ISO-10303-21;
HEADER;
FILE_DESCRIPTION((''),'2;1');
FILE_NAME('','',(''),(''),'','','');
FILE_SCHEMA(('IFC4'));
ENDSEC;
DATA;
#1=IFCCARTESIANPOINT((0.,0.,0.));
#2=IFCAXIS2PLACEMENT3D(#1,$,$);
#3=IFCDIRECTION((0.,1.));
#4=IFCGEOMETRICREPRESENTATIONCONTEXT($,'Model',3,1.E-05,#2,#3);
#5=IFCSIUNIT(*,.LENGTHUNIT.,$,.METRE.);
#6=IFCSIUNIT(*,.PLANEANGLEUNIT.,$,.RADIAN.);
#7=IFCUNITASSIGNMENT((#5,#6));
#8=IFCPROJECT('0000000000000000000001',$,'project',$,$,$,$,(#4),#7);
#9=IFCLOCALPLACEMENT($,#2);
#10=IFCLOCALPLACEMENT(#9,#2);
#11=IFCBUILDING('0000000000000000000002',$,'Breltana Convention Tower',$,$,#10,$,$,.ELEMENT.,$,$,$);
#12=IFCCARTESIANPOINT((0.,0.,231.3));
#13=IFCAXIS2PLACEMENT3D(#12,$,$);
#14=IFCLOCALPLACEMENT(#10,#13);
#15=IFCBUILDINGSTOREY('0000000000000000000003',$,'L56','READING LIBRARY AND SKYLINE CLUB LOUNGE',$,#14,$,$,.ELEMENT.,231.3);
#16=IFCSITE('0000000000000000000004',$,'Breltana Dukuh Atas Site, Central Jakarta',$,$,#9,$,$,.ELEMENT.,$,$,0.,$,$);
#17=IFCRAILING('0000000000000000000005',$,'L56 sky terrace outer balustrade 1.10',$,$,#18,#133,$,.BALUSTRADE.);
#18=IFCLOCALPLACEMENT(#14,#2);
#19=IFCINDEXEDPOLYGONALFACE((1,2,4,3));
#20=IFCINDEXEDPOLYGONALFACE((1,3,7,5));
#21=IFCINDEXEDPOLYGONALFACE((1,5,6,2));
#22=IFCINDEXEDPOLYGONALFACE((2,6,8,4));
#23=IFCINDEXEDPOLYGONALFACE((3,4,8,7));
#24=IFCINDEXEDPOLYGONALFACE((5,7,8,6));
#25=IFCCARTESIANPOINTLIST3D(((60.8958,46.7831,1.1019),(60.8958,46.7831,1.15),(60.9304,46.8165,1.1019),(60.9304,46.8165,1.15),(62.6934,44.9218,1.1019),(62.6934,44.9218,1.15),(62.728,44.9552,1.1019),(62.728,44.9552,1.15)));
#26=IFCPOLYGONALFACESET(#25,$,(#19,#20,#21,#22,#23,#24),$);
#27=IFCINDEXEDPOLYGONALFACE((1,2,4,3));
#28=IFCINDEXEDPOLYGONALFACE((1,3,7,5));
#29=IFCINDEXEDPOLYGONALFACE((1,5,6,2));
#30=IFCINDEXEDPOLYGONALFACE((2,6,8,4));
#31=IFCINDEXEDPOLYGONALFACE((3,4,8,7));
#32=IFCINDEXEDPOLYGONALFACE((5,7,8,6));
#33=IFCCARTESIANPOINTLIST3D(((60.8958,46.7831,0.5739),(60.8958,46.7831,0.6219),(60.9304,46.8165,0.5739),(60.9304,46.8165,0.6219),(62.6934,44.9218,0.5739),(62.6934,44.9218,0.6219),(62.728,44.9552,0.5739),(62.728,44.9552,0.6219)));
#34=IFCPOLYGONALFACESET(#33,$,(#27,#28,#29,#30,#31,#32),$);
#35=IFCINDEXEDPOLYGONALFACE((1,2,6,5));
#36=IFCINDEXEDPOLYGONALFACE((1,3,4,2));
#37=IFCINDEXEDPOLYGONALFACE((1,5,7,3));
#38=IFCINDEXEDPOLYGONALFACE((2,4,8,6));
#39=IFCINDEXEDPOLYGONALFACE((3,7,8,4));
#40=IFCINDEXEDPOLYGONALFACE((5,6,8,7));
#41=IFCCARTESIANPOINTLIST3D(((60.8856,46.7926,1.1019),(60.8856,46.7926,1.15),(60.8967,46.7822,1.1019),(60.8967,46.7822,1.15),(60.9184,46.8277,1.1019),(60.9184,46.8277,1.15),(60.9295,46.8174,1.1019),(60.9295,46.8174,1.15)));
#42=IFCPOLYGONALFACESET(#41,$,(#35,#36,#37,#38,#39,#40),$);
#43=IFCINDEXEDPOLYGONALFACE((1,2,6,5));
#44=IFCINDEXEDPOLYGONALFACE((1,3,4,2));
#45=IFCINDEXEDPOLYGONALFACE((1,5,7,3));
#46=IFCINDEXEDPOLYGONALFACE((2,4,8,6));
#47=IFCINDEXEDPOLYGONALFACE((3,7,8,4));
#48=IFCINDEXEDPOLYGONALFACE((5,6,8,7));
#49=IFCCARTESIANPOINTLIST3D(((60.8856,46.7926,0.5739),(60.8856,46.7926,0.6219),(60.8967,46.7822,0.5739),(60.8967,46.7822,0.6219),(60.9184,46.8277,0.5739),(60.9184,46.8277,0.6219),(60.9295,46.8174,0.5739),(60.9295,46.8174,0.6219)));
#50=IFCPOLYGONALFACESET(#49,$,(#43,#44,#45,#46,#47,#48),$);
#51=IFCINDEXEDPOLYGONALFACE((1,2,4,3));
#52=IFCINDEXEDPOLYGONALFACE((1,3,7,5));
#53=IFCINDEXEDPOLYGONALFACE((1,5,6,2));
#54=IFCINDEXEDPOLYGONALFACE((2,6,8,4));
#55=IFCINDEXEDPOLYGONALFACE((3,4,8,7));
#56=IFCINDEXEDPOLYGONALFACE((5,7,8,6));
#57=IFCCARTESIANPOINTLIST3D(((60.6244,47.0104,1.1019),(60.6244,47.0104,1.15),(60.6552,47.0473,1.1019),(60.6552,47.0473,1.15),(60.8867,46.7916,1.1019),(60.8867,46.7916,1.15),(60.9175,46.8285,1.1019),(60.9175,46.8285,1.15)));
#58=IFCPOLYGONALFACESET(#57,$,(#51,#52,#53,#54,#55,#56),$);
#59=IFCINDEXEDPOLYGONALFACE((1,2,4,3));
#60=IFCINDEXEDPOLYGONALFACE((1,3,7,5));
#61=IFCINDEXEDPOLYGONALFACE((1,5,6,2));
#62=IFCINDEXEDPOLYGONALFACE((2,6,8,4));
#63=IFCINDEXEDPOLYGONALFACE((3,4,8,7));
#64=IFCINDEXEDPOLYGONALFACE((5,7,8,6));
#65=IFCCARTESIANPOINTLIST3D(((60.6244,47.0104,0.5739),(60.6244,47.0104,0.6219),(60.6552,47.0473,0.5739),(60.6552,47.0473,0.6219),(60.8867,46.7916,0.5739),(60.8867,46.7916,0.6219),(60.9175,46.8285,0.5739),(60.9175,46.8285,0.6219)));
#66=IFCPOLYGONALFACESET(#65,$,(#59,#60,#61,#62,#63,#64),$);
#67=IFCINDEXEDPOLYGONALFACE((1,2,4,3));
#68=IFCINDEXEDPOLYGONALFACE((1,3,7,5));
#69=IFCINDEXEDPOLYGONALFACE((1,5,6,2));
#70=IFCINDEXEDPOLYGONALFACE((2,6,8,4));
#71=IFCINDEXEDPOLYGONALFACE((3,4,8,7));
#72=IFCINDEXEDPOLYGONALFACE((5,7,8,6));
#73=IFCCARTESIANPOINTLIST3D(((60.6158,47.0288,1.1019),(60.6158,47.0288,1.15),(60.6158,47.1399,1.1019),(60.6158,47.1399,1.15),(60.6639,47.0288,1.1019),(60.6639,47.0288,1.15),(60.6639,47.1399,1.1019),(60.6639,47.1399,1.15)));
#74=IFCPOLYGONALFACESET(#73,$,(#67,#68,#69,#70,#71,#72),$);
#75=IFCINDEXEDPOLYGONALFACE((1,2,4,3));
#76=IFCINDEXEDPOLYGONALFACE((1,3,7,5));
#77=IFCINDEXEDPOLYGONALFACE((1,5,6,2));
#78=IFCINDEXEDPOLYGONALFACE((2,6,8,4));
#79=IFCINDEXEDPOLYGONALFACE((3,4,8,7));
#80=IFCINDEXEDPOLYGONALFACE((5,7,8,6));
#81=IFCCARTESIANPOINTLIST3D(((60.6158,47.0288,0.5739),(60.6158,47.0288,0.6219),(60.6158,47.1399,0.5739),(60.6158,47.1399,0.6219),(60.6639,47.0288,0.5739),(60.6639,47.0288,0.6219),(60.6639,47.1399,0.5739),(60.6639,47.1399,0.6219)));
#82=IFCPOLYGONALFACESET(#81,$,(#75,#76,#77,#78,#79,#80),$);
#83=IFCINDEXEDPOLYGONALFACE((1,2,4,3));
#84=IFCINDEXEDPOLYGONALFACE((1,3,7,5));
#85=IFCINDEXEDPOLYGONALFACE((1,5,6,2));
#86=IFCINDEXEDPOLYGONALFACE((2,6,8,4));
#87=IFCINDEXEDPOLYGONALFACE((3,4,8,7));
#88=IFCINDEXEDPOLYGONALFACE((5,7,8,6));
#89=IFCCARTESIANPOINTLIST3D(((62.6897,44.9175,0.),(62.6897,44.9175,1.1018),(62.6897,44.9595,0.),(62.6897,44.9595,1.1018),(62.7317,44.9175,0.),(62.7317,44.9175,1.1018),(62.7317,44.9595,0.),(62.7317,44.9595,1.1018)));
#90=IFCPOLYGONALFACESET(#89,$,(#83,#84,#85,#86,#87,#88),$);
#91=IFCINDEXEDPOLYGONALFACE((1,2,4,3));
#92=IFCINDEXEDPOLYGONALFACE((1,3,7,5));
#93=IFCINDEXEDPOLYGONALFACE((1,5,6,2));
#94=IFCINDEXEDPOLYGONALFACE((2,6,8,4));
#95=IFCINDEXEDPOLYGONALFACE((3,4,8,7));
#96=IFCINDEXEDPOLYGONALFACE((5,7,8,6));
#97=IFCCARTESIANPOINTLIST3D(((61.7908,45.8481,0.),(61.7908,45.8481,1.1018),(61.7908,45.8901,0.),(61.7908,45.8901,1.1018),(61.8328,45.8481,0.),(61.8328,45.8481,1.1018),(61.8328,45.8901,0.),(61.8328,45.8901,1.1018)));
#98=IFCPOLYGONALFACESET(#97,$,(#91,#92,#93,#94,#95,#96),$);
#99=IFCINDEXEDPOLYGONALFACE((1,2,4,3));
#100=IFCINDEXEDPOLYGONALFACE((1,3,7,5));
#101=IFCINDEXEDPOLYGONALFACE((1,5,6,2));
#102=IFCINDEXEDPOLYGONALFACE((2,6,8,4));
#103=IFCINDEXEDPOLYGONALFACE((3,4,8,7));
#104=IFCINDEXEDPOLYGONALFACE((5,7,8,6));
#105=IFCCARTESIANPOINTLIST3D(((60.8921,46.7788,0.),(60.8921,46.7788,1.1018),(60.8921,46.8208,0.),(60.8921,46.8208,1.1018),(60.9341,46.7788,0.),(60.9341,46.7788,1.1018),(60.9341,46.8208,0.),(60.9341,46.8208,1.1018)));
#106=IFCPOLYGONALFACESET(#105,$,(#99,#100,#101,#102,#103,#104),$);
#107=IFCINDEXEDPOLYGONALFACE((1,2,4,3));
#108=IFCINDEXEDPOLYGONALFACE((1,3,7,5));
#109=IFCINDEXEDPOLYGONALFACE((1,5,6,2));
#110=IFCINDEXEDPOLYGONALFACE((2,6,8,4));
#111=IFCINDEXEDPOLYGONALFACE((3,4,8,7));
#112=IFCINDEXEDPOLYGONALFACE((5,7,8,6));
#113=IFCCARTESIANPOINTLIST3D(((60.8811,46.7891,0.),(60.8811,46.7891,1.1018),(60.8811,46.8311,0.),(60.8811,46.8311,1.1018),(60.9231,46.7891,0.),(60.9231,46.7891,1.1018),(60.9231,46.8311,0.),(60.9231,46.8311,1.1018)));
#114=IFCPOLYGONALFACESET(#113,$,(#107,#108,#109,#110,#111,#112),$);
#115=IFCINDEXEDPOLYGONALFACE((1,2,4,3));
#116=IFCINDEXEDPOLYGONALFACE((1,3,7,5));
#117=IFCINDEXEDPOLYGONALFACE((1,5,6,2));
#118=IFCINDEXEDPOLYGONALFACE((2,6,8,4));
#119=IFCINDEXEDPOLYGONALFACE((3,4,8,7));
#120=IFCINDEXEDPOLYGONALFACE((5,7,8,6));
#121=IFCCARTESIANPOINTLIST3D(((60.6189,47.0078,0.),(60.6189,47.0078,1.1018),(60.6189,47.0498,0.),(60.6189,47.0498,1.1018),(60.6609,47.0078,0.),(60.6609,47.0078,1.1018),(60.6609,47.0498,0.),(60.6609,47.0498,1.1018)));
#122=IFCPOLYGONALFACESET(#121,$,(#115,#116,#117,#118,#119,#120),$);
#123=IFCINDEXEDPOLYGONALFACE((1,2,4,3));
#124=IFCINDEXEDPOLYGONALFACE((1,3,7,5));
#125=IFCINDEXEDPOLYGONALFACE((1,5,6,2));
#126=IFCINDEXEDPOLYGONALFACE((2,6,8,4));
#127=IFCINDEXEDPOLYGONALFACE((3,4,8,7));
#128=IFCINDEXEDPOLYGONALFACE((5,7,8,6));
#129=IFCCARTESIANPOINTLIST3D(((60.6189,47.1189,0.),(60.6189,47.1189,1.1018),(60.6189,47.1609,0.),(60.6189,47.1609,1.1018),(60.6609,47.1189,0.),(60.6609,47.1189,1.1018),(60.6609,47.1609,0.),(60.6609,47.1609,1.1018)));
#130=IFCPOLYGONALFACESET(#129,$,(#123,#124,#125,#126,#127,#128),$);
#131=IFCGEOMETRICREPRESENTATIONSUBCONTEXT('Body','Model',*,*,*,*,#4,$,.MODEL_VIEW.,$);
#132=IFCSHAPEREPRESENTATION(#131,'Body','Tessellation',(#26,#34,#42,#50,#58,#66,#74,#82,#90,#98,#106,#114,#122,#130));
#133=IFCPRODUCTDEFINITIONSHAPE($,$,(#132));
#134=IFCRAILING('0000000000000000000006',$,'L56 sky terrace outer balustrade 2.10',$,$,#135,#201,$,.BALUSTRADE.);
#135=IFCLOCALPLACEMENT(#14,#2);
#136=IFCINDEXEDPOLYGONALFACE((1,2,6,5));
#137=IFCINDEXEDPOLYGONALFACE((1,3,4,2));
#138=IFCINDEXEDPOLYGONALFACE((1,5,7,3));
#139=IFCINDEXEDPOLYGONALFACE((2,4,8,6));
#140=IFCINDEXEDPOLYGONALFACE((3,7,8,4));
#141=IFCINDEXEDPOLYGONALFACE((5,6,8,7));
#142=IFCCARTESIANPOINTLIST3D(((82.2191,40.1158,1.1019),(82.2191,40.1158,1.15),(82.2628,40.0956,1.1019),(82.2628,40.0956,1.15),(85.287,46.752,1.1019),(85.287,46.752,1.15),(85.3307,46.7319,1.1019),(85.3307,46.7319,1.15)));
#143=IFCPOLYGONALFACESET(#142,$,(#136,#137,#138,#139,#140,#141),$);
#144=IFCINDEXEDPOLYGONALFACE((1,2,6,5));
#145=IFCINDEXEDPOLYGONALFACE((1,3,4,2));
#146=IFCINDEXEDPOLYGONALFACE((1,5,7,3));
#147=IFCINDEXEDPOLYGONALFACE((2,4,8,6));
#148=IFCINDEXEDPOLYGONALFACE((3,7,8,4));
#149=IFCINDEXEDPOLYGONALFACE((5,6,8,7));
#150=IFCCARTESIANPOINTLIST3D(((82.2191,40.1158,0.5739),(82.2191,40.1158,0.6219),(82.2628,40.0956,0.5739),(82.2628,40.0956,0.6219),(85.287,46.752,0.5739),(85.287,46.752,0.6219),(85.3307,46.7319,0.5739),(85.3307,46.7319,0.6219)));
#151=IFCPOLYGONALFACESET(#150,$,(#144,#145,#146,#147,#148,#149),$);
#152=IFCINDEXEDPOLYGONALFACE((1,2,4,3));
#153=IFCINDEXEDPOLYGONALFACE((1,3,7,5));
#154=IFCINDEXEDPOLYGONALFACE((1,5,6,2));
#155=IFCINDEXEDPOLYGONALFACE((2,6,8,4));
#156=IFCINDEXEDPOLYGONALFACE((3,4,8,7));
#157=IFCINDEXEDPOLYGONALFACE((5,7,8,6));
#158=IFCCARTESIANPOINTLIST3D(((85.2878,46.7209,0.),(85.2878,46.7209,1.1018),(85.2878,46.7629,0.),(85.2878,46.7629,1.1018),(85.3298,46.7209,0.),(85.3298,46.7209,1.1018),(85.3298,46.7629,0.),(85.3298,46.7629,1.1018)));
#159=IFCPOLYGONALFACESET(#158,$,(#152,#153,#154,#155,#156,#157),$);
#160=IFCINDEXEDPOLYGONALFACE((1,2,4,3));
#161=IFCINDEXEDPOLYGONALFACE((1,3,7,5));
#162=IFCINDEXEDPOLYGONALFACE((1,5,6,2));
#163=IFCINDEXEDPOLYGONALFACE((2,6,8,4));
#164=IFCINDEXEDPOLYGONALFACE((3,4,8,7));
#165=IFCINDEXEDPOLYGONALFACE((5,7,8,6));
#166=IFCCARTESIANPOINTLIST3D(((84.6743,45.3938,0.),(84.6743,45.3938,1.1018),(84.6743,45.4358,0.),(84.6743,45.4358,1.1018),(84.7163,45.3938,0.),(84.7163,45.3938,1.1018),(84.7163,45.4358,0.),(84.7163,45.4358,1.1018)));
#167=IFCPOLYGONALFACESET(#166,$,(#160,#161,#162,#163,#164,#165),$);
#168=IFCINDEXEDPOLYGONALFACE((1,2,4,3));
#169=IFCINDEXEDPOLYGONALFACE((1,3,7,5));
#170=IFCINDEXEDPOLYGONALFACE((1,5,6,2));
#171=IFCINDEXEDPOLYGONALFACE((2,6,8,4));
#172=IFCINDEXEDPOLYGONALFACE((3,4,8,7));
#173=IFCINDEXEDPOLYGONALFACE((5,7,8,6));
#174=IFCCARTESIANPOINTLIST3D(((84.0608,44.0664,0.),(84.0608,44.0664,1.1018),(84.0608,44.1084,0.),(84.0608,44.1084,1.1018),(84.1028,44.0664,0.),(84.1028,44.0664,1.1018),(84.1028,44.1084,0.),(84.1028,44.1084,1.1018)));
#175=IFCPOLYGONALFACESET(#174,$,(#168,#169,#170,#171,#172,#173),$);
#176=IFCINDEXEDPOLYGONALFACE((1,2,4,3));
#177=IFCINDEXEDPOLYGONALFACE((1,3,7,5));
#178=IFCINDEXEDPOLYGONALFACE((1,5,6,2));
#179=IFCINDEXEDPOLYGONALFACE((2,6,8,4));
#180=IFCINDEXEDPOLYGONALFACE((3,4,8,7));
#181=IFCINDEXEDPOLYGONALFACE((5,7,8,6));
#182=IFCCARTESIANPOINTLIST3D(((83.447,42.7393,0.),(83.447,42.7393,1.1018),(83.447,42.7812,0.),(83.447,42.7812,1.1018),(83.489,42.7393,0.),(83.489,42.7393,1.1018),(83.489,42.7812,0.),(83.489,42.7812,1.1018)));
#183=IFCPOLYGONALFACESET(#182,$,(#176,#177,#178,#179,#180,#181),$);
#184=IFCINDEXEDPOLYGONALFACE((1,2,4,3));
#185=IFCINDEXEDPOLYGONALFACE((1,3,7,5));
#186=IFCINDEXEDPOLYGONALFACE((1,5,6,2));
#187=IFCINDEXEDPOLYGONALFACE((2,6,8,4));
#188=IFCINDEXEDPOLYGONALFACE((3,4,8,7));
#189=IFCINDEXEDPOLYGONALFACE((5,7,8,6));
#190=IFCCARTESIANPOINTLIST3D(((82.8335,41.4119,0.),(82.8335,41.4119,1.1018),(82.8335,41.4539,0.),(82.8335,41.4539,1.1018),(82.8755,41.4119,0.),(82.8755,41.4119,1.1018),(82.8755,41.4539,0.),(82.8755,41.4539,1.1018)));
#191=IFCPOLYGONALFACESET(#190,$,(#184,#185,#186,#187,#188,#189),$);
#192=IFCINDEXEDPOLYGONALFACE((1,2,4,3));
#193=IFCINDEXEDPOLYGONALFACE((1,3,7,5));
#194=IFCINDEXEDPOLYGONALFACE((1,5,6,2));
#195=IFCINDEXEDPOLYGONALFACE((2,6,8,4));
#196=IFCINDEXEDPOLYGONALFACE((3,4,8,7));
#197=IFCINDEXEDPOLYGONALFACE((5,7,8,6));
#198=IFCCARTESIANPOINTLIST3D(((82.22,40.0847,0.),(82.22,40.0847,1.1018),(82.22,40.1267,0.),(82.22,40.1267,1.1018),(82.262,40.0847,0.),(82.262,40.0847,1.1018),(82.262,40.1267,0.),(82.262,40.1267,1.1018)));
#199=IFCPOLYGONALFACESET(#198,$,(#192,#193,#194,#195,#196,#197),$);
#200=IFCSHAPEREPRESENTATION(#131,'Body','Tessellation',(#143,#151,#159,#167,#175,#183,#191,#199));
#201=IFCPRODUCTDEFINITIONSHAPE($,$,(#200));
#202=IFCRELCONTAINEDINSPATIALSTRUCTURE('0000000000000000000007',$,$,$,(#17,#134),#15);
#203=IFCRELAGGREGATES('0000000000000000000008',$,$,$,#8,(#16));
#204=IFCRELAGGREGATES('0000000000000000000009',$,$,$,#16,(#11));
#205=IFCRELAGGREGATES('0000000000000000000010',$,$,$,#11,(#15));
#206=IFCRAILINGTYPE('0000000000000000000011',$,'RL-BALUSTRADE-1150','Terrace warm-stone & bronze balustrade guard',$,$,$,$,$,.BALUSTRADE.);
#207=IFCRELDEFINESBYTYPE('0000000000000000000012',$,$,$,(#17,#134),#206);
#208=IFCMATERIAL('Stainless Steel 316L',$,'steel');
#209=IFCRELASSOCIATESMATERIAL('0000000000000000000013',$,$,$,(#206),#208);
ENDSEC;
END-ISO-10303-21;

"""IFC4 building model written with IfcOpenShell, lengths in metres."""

from ifc_helpers import new_model, si_unit, direction, frame, origin, origin_2d, place, context, subcontext, project, spatial, rectangle, extrude, material, type_object, element, save


model = new_model("IFC4")

# Units and contexts
model_context = context("Model", 3, precision=1e-05, world=origin(), true_north=direction((0.0, 1.0)))
body_context = subcontext(model_context, "Body", "Model", "MODEL_VIEW")
ifc_project = project(units=[si_unit("LENGTHUNIT", "METRE"), si_unit("PLANEANGLEUNIT", "RADIAN")], contexts=[model_context])

# Site, building, storey
site_placement = place(None, origin())
site = spatial("IfcSite", under=ifc_project, at=site_placement, Name="Breltana Dukuh Atas Site, Central Jakarta", CompositionType="ELEMENT", RefElevation=0.0)
building_placement = place(site_placement, origin())
building = spatial("IfcBuilding", under=site, at=building_placement, Name="Breltana Convention Tower", CompositionType="ELEMENT")
storey_placement = place(building_placement, frame((0.0, 0.0, 231.3)))
storey = spatial("IfcBuildingStorey", under=building, at=storey_placement, Name="L56", Description="READING LIBRARY AND SKYLINE CLUB LOUNGE", CompositionType="ELEMENT", Elevation=231.3)

# Railings
ifc_material_1 = material(Name="Stainless Steel 316L", Category="steel")
railing_type = type_object("IfcRailingType", Name="RL-BALUSTRADE-1150", Description="Terrace warm-stone & bronze balustrade guard", PredefinedType="BALUSTRADE", material=ifc_material_1)
railing_1_placement = place(storey_placement, frame((62.7107, 44.9385, 0.0)))
element("IfcRailing", 1, at=railing_1_placement, inside=storey, type_object=railing_type, Name="L56 sky terrace outer balustrade 1.10", PredefinedType="BALUSTRADE", context=body_context, shape_type="SweptSolid", body=[
    extrude(rectangle(XDim=0.0481, YDim=0.0481, at=origin_2d()), frame((0.0, 0.0, 1.126), z_axis=(-0.694687, 0.719312, 0.0), x_axis=(-0.719312, -0.694687, 0.0)), (0.0, 0.0, 1.0), 2.5876),
    extrude(rectangle(XDim=0.0481, YDim=0.0481, at=origin_2d()), frame((0.0, 0.0, 0.5979), z_axis=(-0.694687, 0.719312, 0.0), x_axis=(-0.719312, -0.694687, 0.0)), (0.0, 0.0, 1.0), 2.5876),
    extrude(rectangle(XDim=0.0481, YDim=0.0481, at=origin_2d()), frame((-1.7976, 1.8613, 1.126), z_axis=(-0.731055, 0.682318, 0.0), x_axis=(-0.682318, -0.731055, 0.0)), (0.0, 0.0, 1.0), 0.0151),
    extrude(rectangle(XDim=0.0481, YDim=0.0481, at=origin_2d()), frame((-1.7976, 1.8613, 0.5979), z_axis=(-0.731055, 0.682318, 0.0), x_axis=(-0.682318, -0.731055, 0.0)), (0.0, 0.0, 1.0), 0.0151),
    extrude(rectangle(XDim=0.0481, YDim=0.0481, at=origin_2d()), frame((-1.8086, 1.8716, 1.126), z_axis=(-0.76787, 0.640606, 0.0), x_axis=(-0.640606, -0.76787, 0.0)), (0.0, 0.0, 1.0), 0.3416),
    extrude(rectangle(XDim=0.0481, YDim=0.0481, at=origin_2d()), frame((-1.8086, 1.8716, 0.5979), z_axis=(-0.76787, 0.640606, 0.0), x_axis=(-0.640606, -0.76787, 0.0)), (0.0, 0.0, 1.0), 0.3416),
    extrude(rectangle(XDim=0.0481, YDim=0.0481, at=origin_2d()), frame((-2.0708, 2.0903, 1.126), z_axis=(0.0, 1.0, 0.0), x_axis=(-1.0, 0.0, 0.0)), (0.0, 0.0, 1.0), 0.1111),
    extrude(rectangle(XDim=0.0481, YDim=0.0481, at=origin_2d()), frame((-2.0708, 2.0903, 0.5979), z_axis=(0.0, 1.0, 0.0), x_axis=(-1.0, 0.0, 0.0)), (0.0, 0.0, 1.0), 0.1111),
    extrude(rectangle(XDim=0.042, YDim=0.042, at=origin_2d()), origin(), (0.0, 0.0, 1.0), 1.1018),
    extrude(rectangle(XDim=0.042, YDim=0.042, at=origin_2d()), frame((-0.8989, 0.9307, 0.0)), (0.0, 0.0, 1.0), 1.1018),
    extrude(rectangle(XDim=0.042, YDim=0.042, at=origin_2d()), frame((-1.7976, 1.8613, 0.0)), (0.0, 0.0, 1.0), 1.1018),
    extrude(rectangle(XDim=0.042, YDim=0.042, at=origin_2d()), frame((-1.8086, 1.8716, 0.0)), (0.0, 0.0, 1.0), 1.1018),
    extrude(rectangle(XDim=0.042, YDim=0.042, at=origin_2d()), frame((-2.0708, 2.0903, 0.0)), (0.0, 0.0, 1.0), 1.1018),
    extrude(rectangle(XDim=0.042, YDim=0.042, at=origin_2d()), frame((-2.0708, 2.2014, 0.0)), (0.0, 0.0, 1.0), 1.1018),
])
railing_2_placement = place(storey_placement, frame((85.3088, 46.7419, 0.0)))
element("IfcRailing", 2, at=railing_2_placement, inside=storey, type_object=railing_type, Name="L56 sky terrace outer balustrade 2.10", PredefinedType="BALUSTRADE", context=body_context, shape_type="SweptSolid", body=[
    extrude(rectangle(XDim=0.0481, YDim=0.0481, at=origin_2d()), frame((0.0, 0.0, 1.126), z_axis=(-0.419621, -0.907699, 0.0), x_axis=(0.907699, -0.419621, 0.0)), (0.0, 0.0, 1.0), 7.311),
    extrude(rectangle(XDim=0.0481, YDim=0.0481, at=origin_2d()), frame((0.0, 0.0, 0.5979), z_axis=(-0.419621, -0.907699, 0.0), x_axis=(0.907699, -0.419621, 0.0)), (0.0, 0.0, 1.0), 7.311),
    extrude(rectangle(XDim=0.042, YDim=0.042, at=origin_2d()), origin(), (0.0, 0.0, 1.0), 1.1018),
    extrude(rectangle(XDim=0.042, YDim=0.042, at=origin_2d()), frame((-0.6135, -1.3271, 0.0)), (0.0, 0.0, 1.0), 1.1018),
    extrude(rectangle(XDim=0.042, YDim=0.042, at=origin_2d()), frame((-1.2271, -2.6545, 0.0)), (0.0, 0.0, 1.0), 1.1018),
    extrude(rectangle(XDim=0.042, YDim=0.042, at=origin_2d()), frame((-1.8408, -3.9817, 0.0)), (0.0, 0.0, 1.0), 1.1018),
    extrude(rectangle(XDim=0.042, YDim=0.042, at=origin_2d()), frame((-2.4543, -5.3091, 0.0)), (0.0, 0.0, 1.0), 1.1018),
    extrude(rectangle(XDim=0.042, YDim=0.042, at=origin_2d()), frame((-3.0679, -6.6362, 0.0)), (0.0, 0.0, 1.0), 1.1018),
])

save(model, "model.ifc")
